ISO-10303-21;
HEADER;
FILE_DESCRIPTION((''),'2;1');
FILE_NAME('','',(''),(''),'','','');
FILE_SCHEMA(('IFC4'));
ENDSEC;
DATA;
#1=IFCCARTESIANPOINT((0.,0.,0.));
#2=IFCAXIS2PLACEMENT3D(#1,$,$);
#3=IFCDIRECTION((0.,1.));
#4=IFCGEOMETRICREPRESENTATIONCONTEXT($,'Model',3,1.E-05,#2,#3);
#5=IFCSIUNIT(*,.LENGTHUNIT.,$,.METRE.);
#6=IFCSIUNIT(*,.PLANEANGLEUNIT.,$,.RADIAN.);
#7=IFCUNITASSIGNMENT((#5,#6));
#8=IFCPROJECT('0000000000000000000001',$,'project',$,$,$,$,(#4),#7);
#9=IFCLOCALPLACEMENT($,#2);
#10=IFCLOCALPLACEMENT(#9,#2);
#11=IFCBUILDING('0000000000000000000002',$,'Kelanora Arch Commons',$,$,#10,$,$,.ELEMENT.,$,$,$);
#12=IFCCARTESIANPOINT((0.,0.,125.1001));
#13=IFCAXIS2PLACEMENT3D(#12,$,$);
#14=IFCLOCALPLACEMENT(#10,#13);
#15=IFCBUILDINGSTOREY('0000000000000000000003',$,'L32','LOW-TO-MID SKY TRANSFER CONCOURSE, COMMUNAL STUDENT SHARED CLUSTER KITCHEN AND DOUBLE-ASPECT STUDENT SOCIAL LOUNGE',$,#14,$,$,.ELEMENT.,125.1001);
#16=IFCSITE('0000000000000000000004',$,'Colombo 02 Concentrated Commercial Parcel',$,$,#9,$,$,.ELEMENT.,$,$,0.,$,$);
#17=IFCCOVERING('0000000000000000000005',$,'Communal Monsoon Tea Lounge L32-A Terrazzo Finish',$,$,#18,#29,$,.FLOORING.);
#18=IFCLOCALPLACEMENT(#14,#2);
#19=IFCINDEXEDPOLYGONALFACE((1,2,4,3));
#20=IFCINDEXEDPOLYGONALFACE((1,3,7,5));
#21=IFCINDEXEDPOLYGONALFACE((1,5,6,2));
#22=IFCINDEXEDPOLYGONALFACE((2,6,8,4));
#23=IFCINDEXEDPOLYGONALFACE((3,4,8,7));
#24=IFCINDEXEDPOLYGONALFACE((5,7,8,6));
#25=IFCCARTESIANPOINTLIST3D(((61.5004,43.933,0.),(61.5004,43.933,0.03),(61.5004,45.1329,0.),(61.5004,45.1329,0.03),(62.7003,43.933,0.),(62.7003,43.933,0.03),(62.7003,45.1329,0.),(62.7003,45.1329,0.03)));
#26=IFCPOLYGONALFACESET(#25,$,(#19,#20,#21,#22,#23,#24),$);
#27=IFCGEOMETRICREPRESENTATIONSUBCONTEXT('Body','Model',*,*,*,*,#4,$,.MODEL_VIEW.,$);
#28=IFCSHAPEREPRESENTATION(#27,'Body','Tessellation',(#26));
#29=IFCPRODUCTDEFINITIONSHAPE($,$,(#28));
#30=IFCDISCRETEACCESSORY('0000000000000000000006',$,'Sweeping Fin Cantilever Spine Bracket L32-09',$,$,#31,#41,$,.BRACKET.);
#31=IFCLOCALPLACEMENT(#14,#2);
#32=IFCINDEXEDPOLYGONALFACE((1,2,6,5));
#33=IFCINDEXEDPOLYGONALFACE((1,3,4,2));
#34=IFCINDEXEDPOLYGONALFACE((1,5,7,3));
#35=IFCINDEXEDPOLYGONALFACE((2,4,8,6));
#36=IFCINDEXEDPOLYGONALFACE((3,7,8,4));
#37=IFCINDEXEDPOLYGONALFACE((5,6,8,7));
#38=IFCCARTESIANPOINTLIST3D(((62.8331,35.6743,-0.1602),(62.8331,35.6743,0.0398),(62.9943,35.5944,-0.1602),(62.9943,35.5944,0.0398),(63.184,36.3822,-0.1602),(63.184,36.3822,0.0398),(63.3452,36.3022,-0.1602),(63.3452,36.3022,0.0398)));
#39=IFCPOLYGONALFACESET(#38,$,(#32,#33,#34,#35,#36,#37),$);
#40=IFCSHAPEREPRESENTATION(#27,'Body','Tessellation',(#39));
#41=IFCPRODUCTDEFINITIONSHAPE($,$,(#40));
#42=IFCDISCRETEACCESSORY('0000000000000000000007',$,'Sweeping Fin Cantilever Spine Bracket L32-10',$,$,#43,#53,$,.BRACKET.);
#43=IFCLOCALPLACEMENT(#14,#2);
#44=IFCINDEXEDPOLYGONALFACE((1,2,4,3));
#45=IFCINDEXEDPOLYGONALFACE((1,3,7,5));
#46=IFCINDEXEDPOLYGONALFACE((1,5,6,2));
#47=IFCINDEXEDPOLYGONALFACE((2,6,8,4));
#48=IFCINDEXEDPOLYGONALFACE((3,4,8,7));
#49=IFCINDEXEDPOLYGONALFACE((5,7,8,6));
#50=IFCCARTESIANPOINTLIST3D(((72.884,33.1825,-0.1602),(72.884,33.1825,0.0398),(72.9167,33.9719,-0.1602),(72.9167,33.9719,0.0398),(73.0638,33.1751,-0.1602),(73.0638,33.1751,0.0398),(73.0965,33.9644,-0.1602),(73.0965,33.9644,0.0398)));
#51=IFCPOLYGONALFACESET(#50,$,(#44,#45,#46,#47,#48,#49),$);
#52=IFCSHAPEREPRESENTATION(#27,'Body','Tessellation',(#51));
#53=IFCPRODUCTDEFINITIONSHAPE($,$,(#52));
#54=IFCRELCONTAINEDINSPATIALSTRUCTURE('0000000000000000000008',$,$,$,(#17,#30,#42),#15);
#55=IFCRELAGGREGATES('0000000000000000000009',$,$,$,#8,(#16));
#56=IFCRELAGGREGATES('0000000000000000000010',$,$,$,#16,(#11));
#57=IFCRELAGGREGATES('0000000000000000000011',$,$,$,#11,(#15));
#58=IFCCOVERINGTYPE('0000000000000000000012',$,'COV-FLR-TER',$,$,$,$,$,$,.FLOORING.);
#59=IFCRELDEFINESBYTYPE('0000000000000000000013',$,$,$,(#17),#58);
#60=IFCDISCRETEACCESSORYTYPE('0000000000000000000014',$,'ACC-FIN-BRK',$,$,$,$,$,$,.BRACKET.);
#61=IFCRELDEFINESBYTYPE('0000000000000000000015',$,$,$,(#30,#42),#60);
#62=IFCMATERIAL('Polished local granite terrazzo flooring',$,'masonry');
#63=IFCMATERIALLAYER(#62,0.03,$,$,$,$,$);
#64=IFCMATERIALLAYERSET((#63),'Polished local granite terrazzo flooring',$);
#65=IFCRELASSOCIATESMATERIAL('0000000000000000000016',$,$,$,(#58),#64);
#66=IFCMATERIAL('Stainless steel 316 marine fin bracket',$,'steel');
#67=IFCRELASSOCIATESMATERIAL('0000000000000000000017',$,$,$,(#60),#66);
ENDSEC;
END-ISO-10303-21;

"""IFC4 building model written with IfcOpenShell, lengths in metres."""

from ifc_helpers import new_model, si_unit, direction, frame, origin, origin_2d, place, context, subcontext, project, spatial, rectangle, extrude, source, transform, mapped, material, layer, layer_set, type_object, element, save


model = new_model("IFC4")

# Units and contexts
model_context = context("Model", 3, precision=1e-05, world=origin(), true_north=direction((0.0, 1.0)))
body_context = subcontext(model_context, "Body", "Model", "MODEL_VIEW")
ifc_project = project(units=[si_unit("LENGTHUNIT", "METRE"), si_unit("PLANEANGLEUNIT", "RADIAN")], contexts=[model_context])

# Site, building, storey
site_placement = place(None, origin())
site = spatial("IfcSite", under=ifc_project, at=site_placement, Name="Colombo 02 Concentrated Commercial Parcel", CompositionType="ELEMENT", RefElevation=0.0)
building_placement = place(site_placement, origin())
building = spatial("IfcBuilding", under=site, at=building_placement, Name="Kelanora Arch Commons", CompositionType="ELEMENT")
storey_placement = place(building_placement, frame((0.0, 0.0, 125.1001)))
storey = spatial("IfcBuildingStorey", under=building, at=storey_placement, Name="L32", Description="LOW-TO-MID SKY TRANSFER CONCOURSE, COMMUNAL STUDENT SHARED CLUSTER KITCHEN AND DOUBLE-ASPECT STUDENT SOCIAL LOUNGE", CompositionType="ELEMENT", Elevation=125.1001)

# Covering
ifc_material_1 = material(Name="Polished local granite terrazzo flooring", Category="masonry")
ifc_layer_1 = layer(ifc_material_1, 0.03)
ifc_layer_set_1 = layer_set([ifc_layer_1], Name="Polished local granite terrazzo flooring")
covering_type = type_object("IfcCoveringType", Name="COV-FLR-TER", PredefinedType="FLOORING", material=ifc_layer_set_1)
shared_shape_1 = source(origin(), body_context, "Body", "SweptSolid", [
    extrude(rectangle(XDim=1.2, YDim=1.2, at=origin_2d()), origin(), (0.0, 0.0, 1.0), 0.03),
])
covering_placement = place(storey_placement, frame((62.1003, 44.533, 0.0), z_axis=(0.0, 0.0, 1.0), x_axis=(1.0, 0.0, 0.0)))
element("IfcCovering", 1, at=covering_placement, inside=storey, type_object=covering_type, Name="Communal Monsoon Tea Lounge L32-A Terrazzo Finish", PredefinedType="FLOORING", context=body_context, shape_type="MappedRepresentation", body=[
    mapped(shared_shape_1, transform((0.0, 0.0, 0.0), scale=1.0)),
])

# Discrete accessories
ifc_material_2 = material(Name="Stainless steel 316 marine fin bracket", Category="steel")
discrete_accessory_type = type_object("IfcDiscreteAccessoryType", Name="ACC-FIN-BRK", PredefinedType="BRACKET", material=ifc_material_2)
shared_shape_2 = source(origin(), body_context, "Body", "SweptSolid", [
    extrude(rectangle(XDim=0.79, YDim=0.1799, at=origin_2d()), origin(), (0.0, 0.0, 1.0), 0.2),
])
for number, where, z_axis, x_axis, name in (
    (2, (63.0891, 35.9883, -0.1602), (0.0, 0.0, 1.0), (-0.444166, -0.895944, 0.0), "Sweeping Fin Cantilever Spine Bracket L32-09"),
    (3, (72.9902, 33.5735, -0.1602), (0.0, 0.0, 1.0), (-0.041353, -0.999145, 0.0), "Sweeping Fin Cantilever Spine Bracket L32-10"),
):
    element("IfcDiscreteAccessory", number, at=place(storey_placement, frame(where, z_axis=z_axis, x_axis=x_axis)), inside=storey, type_object=discrete_accessory_type, Name=name, PredefinedType="BRACKET", context=body_context, shape_type="MappedRepresentation", body=[
        mapped(shared_shape_2, transform((0.0, 0.0, 0.0), scale=1.0)),
    ])

save(model, "model.ifc")
